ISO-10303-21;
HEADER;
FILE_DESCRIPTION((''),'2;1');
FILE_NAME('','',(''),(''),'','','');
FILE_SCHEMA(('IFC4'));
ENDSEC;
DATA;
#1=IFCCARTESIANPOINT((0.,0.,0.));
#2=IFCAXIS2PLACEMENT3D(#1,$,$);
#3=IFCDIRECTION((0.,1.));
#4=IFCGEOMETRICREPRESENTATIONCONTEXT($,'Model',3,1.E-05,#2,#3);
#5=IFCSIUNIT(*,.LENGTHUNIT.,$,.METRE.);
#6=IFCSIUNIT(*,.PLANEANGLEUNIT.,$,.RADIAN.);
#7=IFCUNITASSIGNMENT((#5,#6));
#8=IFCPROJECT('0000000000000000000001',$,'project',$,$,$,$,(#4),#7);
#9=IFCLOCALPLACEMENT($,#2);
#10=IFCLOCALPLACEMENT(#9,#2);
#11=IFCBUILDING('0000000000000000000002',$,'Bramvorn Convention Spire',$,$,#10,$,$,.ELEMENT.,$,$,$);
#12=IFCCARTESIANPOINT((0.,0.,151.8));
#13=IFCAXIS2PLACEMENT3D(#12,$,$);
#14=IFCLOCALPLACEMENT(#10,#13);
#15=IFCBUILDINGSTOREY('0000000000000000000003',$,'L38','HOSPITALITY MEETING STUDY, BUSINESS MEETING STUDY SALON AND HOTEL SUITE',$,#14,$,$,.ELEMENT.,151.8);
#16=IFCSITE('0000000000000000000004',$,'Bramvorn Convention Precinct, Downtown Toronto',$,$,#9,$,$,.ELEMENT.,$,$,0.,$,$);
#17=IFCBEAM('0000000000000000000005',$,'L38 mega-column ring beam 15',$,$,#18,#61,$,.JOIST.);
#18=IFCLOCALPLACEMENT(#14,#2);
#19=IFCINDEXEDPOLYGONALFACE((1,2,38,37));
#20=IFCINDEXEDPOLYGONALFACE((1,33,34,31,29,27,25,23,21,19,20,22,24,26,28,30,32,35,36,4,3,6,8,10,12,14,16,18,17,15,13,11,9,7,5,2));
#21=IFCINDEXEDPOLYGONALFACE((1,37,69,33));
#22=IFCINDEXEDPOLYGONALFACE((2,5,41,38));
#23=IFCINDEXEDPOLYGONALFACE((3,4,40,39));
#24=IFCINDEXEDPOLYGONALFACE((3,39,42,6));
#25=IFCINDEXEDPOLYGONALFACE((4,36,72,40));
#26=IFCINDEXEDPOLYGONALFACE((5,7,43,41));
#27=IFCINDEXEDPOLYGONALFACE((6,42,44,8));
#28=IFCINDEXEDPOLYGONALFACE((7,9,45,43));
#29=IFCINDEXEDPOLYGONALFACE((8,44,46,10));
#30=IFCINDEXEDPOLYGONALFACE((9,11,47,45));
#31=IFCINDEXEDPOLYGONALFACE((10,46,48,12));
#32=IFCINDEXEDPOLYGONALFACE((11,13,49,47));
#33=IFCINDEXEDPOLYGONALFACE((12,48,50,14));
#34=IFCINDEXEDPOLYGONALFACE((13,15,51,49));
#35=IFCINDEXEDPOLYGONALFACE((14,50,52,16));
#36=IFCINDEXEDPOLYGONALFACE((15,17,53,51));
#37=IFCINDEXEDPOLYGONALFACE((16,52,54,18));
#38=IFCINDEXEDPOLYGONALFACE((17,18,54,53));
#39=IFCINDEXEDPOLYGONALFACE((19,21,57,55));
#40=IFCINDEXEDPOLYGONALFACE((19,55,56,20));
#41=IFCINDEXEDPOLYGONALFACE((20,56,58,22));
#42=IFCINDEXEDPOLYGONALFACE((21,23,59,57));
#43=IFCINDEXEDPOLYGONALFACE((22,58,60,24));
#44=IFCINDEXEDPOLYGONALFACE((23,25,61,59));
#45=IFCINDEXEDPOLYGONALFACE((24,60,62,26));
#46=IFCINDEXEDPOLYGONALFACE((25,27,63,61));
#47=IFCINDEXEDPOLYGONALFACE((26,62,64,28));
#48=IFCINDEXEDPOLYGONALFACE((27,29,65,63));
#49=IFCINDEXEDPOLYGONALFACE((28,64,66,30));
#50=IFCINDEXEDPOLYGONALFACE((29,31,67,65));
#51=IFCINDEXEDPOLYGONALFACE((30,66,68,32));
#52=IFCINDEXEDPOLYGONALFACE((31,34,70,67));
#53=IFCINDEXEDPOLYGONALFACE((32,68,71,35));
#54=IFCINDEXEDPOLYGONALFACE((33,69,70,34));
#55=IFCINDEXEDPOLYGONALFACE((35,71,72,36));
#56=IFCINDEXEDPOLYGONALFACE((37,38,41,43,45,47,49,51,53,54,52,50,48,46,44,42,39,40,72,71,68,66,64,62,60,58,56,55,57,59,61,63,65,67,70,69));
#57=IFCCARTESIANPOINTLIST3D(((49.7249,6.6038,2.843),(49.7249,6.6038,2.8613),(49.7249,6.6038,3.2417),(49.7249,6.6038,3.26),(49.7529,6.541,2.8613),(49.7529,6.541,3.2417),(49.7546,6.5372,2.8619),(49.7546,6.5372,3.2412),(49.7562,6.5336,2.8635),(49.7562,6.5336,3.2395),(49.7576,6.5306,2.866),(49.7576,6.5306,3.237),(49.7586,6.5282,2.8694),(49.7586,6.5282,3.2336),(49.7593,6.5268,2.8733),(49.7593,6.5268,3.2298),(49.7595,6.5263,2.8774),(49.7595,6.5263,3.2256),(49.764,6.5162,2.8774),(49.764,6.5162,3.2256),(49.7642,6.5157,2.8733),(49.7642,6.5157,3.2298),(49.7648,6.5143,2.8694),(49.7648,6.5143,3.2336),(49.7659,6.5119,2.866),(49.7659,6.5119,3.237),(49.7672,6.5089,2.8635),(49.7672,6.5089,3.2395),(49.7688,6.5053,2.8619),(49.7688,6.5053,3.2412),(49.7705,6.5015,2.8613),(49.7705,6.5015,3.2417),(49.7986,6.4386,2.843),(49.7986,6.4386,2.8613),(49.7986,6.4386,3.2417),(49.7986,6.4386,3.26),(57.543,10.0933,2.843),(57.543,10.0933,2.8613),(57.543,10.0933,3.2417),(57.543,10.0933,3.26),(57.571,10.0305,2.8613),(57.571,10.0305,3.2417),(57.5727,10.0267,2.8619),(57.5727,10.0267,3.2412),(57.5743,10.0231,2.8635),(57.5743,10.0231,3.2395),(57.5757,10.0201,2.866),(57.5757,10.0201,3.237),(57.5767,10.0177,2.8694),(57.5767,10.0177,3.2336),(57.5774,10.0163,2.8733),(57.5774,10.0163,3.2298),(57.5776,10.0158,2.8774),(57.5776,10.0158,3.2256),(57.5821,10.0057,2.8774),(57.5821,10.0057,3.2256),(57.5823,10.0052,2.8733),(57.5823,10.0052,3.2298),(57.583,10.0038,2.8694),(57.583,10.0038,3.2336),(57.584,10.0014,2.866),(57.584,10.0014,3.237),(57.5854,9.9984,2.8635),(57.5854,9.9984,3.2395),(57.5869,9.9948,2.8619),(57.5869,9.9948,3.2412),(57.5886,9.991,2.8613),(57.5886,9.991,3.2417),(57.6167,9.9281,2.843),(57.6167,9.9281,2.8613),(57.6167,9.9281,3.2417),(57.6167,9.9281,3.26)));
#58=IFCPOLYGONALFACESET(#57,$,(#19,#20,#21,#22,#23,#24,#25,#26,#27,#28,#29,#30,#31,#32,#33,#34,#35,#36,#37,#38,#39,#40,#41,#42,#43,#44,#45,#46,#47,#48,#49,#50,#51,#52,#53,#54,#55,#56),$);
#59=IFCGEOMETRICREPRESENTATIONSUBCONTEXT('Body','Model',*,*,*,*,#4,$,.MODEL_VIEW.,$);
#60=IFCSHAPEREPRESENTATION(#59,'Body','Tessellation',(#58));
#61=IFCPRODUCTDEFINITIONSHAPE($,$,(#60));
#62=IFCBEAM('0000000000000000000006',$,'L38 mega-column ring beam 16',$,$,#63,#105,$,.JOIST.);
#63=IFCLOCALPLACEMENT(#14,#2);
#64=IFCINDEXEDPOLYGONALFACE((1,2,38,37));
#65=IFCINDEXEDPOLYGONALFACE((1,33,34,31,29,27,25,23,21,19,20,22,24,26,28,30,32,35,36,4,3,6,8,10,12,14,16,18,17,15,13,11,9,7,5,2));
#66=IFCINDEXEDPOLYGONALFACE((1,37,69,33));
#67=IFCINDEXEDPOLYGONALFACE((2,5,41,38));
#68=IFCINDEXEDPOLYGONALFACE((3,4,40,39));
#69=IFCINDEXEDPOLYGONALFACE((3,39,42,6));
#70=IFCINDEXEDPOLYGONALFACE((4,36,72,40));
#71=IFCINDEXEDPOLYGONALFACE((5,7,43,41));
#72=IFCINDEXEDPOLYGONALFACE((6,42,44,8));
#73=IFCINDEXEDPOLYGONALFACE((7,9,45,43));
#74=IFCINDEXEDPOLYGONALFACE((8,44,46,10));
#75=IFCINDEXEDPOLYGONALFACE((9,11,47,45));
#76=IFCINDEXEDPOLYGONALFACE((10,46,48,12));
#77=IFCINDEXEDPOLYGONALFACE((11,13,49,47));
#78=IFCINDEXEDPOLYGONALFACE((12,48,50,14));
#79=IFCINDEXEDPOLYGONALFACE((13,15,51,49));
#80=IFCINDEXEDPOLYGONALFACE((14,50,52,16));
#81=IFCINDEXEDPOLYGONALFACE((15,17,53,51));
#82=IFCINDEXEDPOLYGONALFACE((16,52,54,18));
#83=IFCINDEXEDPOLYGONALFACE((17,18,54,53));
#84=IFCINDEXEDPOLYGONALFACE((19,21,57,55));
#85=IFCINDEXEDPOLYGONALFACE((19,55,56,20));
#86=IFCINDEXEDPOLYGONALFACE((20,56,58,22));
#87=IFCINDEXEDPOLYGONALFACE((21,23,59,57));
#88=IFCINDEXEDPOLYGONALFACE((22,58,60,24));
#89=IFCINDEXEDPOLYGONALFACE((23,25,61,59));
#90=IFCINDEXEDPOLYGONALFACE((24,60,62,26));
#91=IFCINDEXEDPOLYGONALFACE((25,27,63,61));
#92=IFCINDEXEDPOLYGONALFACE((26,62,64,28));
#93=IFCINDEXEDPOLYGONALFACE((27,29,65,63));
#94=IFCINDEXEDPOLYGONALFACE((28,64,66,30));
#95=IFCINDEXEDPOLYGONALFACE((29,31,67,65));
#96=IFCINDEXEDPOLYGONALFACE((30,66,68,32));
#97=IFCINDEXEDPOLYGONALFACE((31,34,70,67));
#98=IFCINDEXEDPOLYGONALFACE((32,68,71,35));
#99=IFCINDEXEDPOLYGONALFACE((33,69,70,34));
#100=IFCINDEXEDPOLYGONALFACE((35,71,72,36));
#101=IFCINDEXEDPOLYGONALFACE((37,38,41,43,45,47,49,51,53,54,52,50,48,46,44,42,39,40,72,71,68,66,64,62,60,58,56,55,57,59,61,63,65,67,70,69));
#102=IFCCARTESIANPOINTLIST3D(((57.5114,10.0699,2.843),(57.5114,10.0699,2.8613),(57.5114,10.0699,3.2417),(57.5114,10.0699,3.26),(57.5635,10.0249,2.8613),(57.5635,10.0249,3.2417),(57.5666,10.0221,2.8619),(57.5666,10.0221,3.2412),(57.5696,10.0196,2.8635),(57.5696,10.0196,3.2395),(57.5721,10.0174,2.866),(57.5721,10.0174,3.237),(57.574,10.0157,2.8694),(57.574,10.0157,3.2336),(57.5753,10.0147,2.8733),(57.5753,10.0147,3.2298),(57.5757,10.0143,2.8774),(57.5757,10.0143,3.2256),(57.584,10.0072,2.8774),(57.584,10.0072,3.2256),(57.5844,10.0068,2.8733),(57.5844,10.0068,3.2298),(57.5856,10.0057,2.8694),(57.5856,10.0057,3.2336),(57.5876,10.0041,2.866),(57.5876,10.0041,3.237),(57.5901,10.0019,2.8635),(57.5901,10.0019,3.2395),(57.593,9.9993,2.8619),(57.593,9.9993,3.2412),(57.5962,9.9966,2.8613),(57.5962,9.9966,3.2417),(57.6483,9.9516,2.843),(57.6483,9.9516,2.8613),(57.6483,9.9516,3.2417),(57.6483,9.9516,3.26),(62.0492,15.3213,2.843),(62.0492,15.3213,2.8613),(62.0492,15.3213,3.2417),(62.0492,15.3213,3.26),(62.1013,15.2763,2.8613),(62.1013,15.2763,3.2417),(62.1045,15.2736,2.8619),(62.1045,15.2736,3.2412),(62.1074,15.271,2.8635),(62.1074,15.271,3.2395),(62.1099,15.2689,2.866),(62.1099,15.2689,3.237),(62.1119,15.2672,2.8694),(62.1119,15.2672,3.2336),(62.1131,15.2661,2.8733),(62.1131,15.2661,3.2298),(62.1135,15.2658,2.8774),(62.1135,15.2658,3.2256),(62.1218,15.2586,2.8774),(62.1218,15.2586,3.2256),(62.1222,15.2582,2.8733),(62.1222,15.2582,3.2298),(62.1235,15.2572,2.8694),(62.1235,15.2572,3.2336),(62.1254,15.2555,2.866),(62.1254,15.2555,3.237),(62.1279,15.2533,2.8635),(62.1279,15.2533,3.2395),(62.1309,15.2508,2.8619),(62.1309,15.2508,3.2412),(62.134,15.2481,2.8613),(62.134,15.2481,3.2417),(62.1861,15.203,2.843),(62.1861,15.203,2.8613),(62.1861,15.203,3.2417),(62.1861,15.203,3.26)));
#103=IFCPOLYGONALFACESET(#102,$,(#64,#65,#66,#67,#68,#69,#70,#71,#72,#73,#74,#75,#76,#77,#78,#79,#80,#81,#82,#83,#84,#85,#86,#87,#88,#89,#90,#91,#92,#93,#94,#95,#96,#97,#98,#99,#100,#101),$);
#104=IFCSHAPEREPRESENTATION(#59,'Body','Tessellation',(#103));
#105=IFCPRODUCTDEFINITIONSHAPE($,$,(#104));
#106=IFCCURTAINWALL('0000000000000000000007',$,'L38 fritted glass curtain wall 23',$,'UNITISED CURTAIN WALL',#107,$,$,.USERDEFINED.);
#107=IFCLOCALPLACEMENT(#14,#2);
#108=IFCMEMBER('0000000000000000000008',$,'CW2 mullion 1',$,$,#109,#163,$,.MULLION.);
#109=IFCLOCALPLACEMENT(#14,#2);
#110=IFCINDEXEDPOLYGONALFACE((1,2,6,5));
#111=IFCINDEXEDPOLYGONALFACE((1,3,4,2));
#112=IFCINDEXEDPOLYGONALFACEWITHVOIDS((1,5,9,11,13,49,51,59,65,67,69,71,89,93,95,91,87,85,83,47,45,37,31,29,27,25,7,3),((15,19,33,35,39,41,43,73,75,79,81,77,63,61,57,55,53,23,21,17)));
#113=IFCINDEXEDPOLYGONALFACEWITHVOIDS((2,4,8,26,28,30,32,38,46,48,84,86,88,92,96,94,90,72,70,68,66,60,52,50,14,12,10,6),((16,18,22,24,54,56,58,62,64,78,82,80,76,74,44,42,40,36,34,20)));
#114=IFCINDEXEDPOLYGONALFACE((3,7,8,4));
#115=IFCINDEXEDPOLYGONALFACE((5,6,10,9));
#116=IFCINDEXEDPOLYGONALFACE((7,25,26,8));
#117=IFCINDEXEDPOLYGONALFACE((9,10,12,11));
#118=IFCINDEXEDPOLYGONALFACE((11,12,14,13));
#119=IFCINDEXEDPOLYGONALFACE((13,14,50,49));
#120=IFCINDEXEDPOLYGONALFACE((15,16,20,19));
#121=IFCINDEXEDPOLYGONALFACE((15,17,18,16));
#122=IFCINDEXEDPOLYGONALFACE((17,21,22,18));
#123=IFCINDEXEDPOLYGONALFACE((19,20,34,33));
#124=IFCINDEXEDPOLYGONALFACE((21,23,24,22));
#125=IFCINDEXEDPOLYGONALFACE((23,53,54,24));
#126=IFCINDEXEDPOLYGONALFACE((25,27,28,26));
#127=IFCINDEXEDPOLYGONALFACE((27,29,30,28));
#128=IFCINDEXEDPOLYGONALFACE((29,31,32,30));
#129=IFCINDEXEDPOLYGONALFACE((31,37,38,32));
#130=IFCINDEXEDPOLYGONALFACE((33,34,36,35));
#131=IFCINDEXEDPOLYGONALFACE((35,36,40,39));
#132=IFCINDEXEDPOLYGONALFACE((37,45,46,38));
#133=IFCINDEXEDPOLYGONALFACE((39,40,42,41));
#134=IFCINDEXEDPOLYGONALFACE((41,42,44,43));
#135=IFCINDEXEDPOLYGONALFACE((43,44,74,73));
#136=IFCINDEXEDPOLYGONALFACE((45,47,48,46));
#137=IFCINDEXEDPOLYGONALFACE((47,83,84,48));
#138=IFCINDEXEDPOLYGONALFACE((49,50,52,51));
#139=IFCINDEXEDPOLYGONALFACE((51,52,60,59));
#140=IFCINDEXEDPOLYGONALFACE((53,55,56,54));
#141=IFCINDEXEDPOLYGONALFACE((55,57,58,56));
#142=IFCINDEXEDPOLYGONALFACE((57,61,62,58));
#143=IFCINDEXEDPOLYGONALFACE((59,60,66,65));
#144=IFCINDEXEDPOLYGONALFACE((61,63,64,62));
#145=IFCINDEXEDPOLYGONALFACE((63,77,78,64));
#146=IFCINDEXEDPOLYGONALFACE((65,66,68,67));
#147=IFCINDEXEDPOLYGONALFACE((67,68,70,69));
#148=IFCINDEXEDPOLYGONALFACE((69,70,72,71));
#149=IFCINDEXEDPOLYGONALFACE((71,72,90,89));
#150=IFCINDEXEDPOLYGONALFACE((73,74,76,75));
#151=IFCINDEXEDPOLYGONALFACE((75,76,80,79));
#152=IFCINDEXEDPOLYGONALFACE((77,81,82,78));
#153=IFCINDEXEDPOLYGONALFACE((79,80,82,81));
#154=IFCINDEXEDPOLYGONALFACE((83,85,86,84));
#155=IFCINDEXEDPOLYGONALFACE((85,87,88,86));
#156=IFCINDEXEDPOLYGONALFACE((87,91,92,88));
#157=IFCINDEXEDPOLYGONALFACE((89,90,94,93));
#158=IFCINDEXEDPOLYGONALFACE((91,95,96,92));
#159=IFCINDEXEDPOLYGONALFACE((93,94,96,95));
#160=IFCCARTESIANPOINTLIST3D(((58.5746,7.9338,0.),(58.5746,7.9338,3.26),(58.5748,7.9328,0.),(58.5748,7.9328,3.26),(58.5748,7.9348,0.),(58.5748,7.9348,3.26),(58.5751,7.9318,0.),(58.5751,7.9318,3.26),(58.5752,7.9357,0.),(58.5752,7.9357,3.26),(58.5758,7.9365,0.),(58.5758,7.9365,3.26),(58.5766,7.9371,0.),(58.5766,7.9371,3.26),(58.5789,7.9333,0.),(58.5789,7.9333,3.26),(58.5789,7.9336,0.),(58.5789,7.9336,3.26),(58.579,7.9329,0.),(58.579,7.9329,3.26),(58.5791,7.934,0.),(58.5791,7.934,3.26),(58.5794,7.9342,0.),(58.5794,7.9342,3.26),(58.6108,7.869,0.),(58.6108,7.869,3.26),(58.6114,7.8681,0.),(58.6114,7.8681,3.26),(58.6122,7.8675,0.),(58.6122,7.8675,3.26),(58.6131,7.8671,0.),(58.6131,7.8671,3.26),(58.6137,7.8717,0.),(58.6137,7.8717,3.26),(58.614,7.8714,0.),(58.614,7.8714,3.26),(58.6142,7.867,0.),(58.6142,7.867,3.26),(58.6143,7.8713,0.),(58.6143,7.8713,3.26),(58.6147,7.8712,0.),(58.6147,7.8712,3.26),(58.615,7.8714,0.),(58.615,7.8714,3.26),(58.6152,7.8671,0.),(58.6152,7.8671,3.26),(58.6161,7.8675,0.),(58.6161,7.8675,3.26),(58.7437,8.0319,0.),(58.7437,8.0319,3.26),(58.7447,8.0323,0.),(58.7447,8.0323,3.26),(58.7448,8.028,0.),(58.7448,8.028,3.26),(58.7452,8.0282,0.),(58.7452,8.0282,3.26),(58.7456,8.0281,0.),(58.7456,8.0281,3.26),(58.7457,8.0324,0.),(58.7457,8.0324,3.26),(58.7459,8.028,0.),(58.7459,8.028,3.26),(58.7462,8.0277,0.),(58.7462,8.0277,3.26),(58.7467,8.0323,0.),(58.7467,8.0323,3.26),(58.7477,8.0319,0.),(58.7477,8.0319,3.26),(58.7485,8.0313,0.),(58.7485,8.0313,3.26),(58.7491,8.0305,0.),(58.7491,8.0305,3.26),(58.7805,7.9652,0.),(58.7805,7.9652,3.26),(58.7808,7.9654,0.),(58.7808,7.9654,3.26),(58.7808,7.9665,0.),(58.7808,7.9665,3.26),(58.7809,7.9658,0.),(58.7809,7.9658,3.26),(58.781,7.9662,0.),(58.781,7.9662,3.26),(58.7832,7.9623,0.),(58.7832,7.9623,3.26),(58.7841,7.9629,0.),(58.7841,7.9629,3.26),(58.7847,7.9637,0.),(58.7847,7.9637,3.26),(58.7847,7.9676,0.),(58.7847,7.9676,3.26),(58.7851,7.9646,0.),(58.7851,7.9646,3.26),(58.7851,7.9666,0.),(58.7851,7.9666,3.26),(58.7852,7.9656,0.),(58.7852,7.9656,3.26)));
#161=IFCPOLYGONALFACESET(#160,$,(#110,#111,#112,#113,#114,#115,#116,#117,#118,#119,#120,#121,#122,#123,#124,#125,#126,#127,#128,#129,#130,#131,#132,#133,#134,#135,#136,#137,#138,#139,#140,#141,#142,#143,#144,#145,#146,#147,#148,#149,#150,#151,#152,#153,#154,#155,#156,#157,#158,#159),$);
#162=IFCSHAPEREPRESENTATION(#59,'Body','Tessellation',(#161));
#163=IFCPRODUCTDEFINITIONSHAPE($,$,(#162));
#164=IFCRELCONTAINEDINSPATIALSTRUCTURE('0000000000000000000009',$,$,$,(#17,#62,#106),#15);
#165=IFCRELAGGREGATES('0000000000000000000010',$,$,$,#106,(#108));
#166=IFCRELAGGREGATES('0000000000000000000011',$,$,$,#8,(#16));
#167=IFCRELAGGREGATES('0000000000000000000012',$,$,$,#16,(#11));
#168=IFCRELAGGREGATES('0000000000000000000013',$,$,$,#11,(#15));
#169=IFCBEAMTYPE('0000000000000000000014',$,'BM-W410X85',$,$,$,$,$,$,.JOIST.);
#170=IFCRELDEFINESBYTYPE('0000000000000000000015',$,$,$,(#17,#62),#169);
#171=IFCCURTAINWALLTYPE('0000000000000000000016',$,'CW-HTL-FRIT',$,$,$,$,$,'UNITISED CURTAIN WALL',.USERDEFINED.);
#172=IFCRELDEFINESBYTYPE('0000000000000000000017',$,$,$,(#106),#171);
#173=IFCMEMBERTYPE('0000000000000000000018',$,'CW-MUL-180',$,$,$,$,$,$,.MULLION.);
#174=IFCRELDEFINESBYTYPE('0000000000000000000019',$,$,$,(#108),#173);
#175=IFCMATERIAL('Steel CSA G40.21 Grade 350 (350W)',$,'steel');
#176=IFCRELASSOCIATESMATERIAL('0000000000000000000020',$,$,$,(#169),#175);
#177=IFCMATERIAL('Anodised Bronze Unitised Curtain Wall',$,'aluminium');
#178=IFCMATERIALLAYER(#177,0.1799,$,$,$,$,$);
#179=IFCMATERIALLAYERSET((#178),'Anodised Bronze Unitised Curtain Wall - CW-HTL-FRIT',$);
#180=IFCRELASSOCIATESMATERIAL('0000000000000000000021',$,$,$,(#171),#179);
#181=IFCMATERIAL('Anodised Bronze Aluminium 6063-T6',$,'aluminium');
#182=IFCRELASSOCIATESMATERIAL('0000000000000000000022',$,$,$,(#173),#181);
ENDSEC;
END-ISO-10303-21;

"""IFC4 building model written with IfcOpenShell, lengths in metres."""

from ifc_helpers import new_model, si_unit, direction, frame, origin, origin_2d, place, context, subcontext, project, spatial, hollow_rectangle, i_section, extrude, material, layer, layer_set, material_profile, profile_set, type_object, element, aggregate, save


model = new_model("IFC4")

# Units and contexts
model_context = context("Model", 3, precision=1e-05, world=origin(), true_north=direction((0.0, 1.0)))
body_context = subcontext(model_context, "Body", "Model", "MODEL_VIEW")
ifc_project = project(units=[si_unit("LENGTHUNIT", "METRE"), si_unit("PLANEANGLEUNIT", "RADIAN")], contexts=[model_context])

# Site, building, storey
site_placement = place(None, origin())
site = spatial("IfcSite", under=ifc_project, at=site_placement, Name="Bramvorn Convention Precinct, Downtown Toronto", CompositionType="ELEMENT", RefElevation=0.0)
building_placement = place(site_placement, origin())
building = spatial("IfcBuilding", under=site, at=building_placement, Name="Bramvorn Convention Spire", CompositionType="ELEMENT")
storey_placement = place(building_placement, frame((0.0, 0.0, 151.8)))
storey = spatial("IfcBuildingStorey", under=building, at=storey_placement, Name="L38", Description="HOSPITALITY MEETING STUDY, BUSINESS MEETING STUDY SALON AND HOTEL SUITE", CompositionType="ELEMENT", Elevation=151.8)

# Shared definitions
ifc_material_1 = material(Name="Steel CSA G40.21 Grade 350 (350W)", Category="steel")

# Beams
ifc_material_profile_1 = material_profile(ifc_material_1, i_section(OverallWidth=0.1809, OverallDepth=0.417, WebThickness=0.011, FlangeThickness=0.0183, FilletRadius=0.0161, at=origin_2d()))
ifc_profile_set_1 = profile_set([ifc_material_profile_1], Name="Steel CSA G40.21 Grade 350 (350W) - W410X85")
beam_type_1 = type_object("IfcBeamType", Name="BM-W410X85", PredefinedType="JOIST", material=ifc_profile_set_1)
beam_1_placement = place(storey_placement, frame((49.7617, 6.5212, 3.0515), z_axis=(0.91317, 0.40758, 0.0), x_axis=(-0.40758, 0.91317, 0.0)))
element("IfcBeam", 1, at=beam_1_placement, inside=storey, type_object=beam_type_1, Name="L38 mega-column ring beam 15", PredefinedType="JOIST", context=body_context, shape_type="SweptSolid", body=[
    extrude(i_section(OverallWidth=0.1809, OverallDepth=0.417, WebThickness=0.011, FlangeThickness=0.0183, FilletRadius=0.0161, at=origin_2d()), origin(), (0.0, 0.0, 1.0), 8.5615),
])
beam_2_placement = place(storey_placement, frame((57.5798, 10.0107, 3.0515), z_axis=(0.653825, 0.756646, 0.0), x_axis=(-0.756646, 0.653825, 0.0)))
element("IfcBeam", 2, at=beam_2_placement, inside=storey, type_object=beam_type_1, Name="L38 mega-column ring beam 16", PredefinedType="JOIST", context=body_context, shape_type="SweptSolid", body=[
    extrude(i_section(OverallWidth=0.1809, OverallDepth=0.417, WebThickness=0.011, FlangeThickness=0.0183, FilletRadius=0.0161, at=origin_2d()), origin(), (0.0, 0.0, 1.0), 6.9404),
])

# Curtain wall, member
ifc_material_2 = material(Name="Anodised Bronze Unitised Curtain Wall", Category="aluminium")
ifc_layer_1 = layer(ifc_material_2, 0.1799)
ifc_layer_set_1 = layer_set([ifc_layer_1], Name="Anodised Bronze Unitised Curtain Wall - CW-HTL-FRIT")
curtain_wall_type = type_object("IfcCurtainWallType", Name="CW-HTL-FRIT", ElementType="UNITISED CURTAIN WALL", PredefinedType="USERDEFINED", material=ifc_layer_set_1)
curtain_wall_1_placement = place(storey_placement, origin())
curtain_wall_1 = element("IfcCurtainWall", 3, at=curtain_wall_1_placement, inside=storey, type_object=curtain_wall_type, Name="L38 fritted glass curtain wall 23", ObjectType="UNITISED CURTAIN WALL", PredefinedType="USERDEFINED")
ifc_material_3 = material(Name="Anodised Bronze Aluminium 6063-T6", Category="aluminium")
ifc_material_profile_2 = material_profile(ifc_material_3, hollow_rectangle(XDim=0.0801, YDim=0.2, WallThickness=0.0039, InnerFilletRadius=0.001, OuterFilletRadius=0.0039, at=origin_2d()))
ifc_profile_set_2 = profile_set([ifc_material_profile_2], Name="Anodised Bronze Aluminium 6063-T6 - CWM80X200")
member_type_1 = type_object("IfcMemberType", Name="CW-MUL-180", PredefinedType="MULLION", material=ifc_profile_set_2)
member_1_placement = place(storey_placement, frame((58.6799, 7.9497, 0.0), z_axis=(0.0, 0.0, 1.0), x_axis=(0.493303, -0.869858, 0.0)))
member_1 = element("IfcMember", 4, at=member_1_placement, type_object=member_type_1, Name="CW2 mullion 1", PredefinedType="MULLION", context=body_context, shape_type="SweptSolid", body=[
    extrude(hollow_rectangle(XDim=0.0801, YDim=0.2, WallThickness=0.0039, InnerFilletRadius=0.001, OuterFilletRadius=0.0039, at=origin_2d()), origin(), (0.0, 0.0, 1.0), 3.26),
])

aggregate(curtain_wall_1, [member_1])

save(model, "model.ifc")
